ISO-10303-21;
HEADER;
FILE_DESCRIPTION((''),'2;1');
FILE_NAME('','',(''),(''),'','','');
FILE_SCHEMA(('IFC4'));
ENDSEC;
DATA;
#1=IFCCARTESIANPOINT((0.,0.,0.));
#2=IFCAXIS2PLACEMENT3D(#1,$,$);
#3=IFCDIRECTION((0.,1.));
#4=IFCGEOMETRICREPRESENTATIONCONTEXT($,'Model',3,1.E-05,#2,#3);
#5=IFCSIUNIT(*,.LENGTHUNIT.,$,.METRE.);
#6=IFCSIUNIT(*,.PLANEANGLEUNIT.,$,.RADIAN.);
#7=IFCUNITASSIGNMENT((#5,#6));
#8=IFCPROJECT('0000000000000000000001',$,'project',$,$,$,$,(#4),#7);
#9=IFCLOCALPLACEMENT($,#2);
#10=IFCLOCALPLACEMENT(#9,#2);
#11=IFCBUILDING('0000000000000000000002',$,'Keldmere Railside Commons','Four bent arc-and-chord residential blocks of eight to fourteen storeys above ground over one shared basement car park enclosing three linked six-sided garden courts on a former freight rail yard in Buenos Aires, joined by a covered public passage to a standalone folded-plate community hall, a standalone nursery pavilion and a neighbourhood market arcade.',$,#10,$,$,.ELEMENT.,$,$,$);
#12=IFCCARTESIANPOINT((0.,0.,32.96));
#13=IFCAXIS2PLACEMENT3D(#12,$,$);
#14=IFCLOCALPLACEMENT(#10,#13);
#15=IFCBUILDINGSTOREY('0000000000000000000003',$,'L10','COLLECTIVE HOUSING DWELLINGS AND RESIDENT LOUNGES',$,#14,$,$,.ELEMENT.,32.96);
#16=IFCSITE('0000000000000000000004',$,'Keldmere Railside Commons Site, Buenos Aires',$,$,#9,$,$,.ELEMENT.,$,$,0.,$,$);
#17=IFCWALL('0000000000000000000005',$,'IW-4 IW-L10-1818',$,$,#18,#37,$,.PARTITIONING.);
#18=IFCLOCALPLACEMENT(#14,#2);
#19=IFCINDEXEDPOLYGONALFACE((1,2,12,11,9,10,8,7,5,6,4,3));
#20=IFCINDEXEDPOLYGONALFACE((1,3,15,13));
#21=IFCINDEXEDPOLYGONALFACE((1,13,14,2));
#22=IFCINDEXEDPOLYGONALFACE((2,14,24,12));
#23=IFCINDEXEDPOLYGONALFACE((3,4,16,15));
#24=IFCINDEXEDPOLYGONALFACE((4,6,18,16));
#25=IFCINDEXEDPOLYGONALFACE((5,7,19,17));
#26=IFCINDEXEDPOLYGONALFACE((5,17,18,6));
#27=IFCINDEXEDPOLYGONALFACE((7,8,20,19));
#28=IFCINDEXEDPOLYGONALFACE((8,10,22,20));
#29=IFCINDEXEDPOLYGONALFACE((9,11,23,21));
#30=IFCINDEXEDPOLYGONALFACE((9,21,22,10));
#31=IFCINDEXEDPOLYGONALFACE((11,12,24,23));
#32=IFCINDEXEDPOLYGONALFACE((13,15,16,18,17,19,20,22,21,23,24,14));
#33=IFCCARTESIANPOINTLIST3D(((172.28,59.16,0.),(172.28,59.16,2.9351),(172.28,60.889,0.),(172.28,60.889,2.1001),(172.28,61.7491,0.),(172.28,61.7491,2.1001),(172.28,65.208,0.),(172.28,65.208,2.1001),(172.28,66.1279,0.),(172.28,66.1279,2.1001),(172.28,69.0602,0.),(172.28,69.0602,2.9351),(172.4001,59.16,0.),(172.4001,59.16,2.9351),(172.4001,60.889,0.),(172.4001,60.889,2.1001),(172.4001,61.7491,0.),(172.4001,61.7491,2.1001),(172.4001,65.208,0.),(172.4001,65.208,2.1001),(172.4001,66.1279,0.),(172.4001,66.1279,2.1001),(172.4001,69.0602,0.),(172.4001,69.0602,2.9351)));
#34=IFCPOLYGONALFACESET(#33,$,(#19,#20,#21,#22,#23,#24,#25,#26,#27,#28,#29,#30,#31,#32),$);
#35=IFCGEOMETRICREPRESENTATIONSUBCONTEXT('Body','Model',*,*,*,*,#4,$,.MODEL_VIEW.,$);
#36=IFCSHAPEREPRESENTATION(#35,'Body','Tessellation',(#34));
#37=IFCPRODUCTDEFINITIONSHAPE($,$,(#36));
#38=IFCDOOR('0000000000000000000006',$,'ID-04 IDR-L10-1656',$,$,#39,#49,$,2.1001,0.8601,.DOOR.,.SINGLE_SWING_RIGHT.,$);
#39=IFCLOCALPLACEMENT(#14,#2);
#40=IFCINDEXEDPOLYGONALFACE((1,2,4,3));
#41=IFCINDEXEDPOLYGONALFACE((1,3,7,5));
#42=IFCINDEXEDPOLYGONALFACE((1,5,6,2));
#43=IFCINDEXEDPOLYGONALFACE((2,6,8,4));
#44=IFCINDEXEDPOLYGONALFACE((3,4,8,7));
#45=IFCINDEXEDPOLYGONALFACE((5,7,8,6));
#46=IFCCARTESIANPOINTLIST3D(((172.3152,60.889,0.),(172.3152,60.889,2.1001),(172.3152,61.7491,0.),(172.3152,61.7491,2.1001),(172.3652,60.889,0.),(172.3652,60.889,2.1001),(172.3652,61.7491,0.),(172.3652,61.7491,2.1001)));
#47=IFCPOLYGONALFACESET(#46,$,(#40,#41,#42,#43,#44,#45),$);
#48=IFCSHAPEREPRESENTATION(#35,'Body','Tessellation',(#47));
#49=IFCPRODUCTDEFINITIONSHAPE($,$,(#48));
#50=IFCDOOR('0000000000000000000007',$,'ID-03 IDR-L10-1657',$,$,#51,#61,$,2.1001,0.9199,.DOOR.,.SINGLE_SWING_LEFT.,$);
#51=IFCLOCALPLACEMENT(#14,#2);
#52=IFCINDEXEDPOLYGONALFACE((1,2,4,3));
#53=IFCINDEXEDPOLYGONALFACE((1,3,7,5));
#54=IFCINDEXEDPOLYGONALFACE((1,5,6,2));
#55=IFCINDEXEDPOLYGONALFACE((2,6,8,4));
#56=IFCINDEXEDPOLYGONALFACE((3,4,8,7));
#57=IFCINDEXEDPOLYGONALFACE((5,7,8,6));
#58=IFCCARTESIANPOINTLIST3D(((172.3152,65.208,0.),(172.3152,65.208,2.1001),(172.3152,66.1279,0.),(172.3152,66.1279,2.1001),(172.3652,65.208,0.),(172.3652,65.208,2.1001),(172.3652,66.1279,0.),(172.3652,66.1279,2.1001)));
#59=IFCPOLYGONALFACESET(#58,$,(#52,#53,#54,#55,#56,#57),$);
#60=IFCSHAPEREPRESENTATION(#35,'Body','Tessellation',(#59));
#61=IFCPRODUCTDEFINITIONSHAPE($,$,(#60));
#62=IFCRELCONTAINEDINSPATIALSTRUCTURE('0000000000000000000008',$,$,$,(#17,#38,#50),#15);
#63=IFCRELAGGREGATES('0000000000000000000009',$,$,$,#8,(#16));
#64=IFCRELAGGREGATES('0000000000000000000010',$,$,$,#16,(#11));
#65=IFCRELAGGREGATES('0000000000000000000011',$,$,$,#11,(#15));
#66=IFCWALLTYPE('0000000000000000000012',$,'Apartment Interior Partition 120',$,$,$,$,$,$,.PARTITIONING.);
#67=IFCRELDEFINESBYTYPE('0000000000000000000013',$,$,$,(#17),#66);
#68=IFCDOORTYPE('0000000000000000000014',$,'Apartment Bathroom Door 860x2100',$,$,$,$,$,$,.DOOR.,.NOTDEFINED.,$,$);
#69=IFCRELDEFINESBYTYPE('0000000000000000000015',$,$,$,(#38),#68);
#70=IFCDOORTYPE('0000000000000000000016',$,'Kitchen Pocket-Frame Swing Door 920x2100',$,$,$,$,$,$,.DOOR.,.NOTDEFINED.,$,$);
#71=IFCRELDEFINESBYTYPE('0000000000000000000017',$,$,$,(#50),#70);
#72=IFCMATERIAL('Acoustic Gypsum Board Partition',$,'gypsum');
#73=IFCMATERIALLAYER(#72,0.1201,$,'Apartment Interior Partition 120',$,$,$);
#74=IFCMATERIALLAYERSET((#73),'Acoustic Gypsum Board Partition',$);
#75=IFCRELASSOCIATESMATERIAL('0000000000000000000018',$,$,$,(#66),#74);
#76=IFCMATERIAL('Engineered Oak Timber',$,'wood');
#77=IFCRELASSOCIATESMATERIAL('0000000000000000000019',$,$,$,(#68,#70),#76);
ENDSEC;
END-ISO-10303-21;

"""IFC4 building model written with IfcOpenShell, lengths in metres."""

from ifc_helpers import new_model, si_unit, direction, frame, frame_2d, origin, place, context, subcontext, project, spatial, rectangle, extrude, material, layer, layer_set, type_object, element, fill, save


model = new_model("IFC4")

# Units and contexts
model_context = context("Model", 3, precision=1e-05, world=origin(), true_north=direction((0.0, 1.0)))
body_context = subcontext(model_context, "Body", "Model", "MODEL_VIEW")
ifc_project = project(units=[si_unit("LENGTHUNIT", "METRE"), si_unit("PLANEANGLEUNIT", "RADIAN")], contexts=[model_context])

# Site, building, storey
site_placement = place(None, origin())
site = spatial("IfcSite", under=ifc_project, at=site_placement, Name="Keldmere Railside Commons Site, Buenos Aires", CompositionType="ELEMENT", RefElevation=0.0)
building_placement = place(site_placement, origin())
building = spatial("IfcBuilding", under=site, at=building_placement, Name="Keldmere Railside Commons", Description="Four bent arc-and-chord residential blocks of eight to fourteen storeys above ground over one shared basement car park enclosing three linked six-sided garden courts on a former freight rail yard in Buenos Aires, joined by a covered public passage to a standalone folded-plate community hall, a standalone nursery pavilion and a neighbourhood market arcade.", CompositionType="ELEMENT")
storey_placement = place(building_placement, frame((0.0, 0.0, 32.96)))
storey = spatial("IfcBuildingStorey", under=building, at=storey_placement, Name="L10", Description="COLLECTIVE HOUSING DWELLINGS AND RESIDENT LOUNGES", CompositionType="ELEMENT", Elevation=32.96)

# Wall, openings, doors
ifc_material_1 = material(Name="Acoustic Gypsum Board Partition", Category="gypsum")
ifc_layer_1 = layer(ifc_material_1, 0.1201, Name="Apartment Interior Partition 120")
ifc_layer_set_1 = layer_set([ifc_layer_1], Name="Acoustic Gypsum Board Partition")
wall_type_1 = type_object("IfcWallType", Name="Apartment Interior Partition 120", PredefinedType="PARTITIONING", material=ifc_layer_set_1)
wall_1_placement = place(storey_placement, frame((172.3401, 59.1599, 0.0), z_axis=(0.0, 0.0, 1.0), x_axis=(0.0, 1.0, 0.0)))
wall_1 = element("IfcWall", 1, at=wall_1_placement, inside=storey, type_object=wall_type_1, Name="IW-4 IW-L10-1818", PredefinedType="PARTITIONING", context=body_context, shape_type="SweptSolid", body=[
    extrude(rectangle(XDim=9.9001, YDim=0.1201, at=frame_2d((4.9502, 0.0))), origin(), (0.0, 0.0, 1.0), 2.9351),
])
opening_1_placement = place(wall_1_placement, frame((1.729, 0.0, 0.0)))
opening_1 = element("IfcOpeningElement", 2, at=opening_1_placement, cuts=wall_1, PredefinedType="OPENING", context=body_context, shape_type="SweptSolid", body=[
    extrude(rectangle(XDim=0.8601, YDim=2.1001, at=frame_2d((0.4302, 1.05))), frame((0.0, 0.0701, 0.0), z_axis=(0.0, -1.0, 0.0), x_axis=(1.0, 0.0, 0.0)), (0.0, 0.0, 1.0), 0.1401),
])
opening_2_placement = place(wall_1_placement, frame((6.0481, 0.0, 0.0)))
opening_2 = element("IfcOpeningElement", 3, at=opening_2_placement, cuts=wall_1, PredefinedType="OPENING", context=body_context, shape_type="SweptSolid", body=[
    extrude(rectangle(XDim=0.9199, YDim=2.1001, at=frame_2d((0.46, 1.05))), frame((0.0, 0.0701, 0.0), z_axis=(0.0, -1.0, 0.0), x_axis=(1.0, 0.0, 0.0)), (0.0, 0.0, 1.0), 0.1401),
])
ifc_material_2 = material(Name="Engineered Oak Timber", Category="wood")
door_type_1 = type_object("IfcDoorType", Name="Apartment Bathroom Door 860x2100", OperationType="NOTDEFINED", PredefinedType="DOOR", material=ifc_material_2)
door_1_placement = place(opening_1_placement, origin())
door_1 = element("IfcDoor", 4, at=door_1_placement, inside=storey, type_object=door_type_1, Name="ID-04 IDR-L10-1656", OperationType="SINGLE_SWING_RIGHT", OverallHeight=2.1001, OverallWidth=0.8601, PredefinedType="DOOR", context=body_context, shape_type="SweptSolid", body=[
    extrude(rectangle(XDim=0.8601, YDim=2.1001, at=frame_2d((0.4302, 1.05))), frame((0.0, 0.0249, 0.0), z_axis=(0.0, -1.0, 0.0), x_axis=(1.0, 0.0, 0.0)), (0.0, 0.0, 1.0), 0.05),
])
fill(opening_1, door_1)
door_type_2 = type_object("IfcDoorType", Name="Kitchen Pocket-Frame Swing Door 920x2100", OperationType="NOTDEFINED", PredefinedType="DOOR", material=ifc_material_2)
door_2_placement = place(opening_2_placement, origin())
door_2 = element("IfcDoor", 5, at=door_2_placement, inside=storey, type_object=door_type_2, Name="ID-03 IDR-L10-1657", OperationType="SINGLE_SWING_LEFT", OverallHeight=2.1001, OverallWidth=0.9199, PredefinedType="DOOR", context=body_context, shape_type="SweptSolid", body=[
    extrude(rectangle(XDim=0.9199, YDim=2.1001, at=frame_2d((0.46, 1.05))), frame((0.0, 0.0249, 0.0), z_axis=(0.0, -1.0, 0.0), x_axis=(1.0, 0.0, 0.0)), (0.0, 0.0, 1.0), 0.05),
])
fill(opening_2, door_2)

save(model, "model.ifc")
